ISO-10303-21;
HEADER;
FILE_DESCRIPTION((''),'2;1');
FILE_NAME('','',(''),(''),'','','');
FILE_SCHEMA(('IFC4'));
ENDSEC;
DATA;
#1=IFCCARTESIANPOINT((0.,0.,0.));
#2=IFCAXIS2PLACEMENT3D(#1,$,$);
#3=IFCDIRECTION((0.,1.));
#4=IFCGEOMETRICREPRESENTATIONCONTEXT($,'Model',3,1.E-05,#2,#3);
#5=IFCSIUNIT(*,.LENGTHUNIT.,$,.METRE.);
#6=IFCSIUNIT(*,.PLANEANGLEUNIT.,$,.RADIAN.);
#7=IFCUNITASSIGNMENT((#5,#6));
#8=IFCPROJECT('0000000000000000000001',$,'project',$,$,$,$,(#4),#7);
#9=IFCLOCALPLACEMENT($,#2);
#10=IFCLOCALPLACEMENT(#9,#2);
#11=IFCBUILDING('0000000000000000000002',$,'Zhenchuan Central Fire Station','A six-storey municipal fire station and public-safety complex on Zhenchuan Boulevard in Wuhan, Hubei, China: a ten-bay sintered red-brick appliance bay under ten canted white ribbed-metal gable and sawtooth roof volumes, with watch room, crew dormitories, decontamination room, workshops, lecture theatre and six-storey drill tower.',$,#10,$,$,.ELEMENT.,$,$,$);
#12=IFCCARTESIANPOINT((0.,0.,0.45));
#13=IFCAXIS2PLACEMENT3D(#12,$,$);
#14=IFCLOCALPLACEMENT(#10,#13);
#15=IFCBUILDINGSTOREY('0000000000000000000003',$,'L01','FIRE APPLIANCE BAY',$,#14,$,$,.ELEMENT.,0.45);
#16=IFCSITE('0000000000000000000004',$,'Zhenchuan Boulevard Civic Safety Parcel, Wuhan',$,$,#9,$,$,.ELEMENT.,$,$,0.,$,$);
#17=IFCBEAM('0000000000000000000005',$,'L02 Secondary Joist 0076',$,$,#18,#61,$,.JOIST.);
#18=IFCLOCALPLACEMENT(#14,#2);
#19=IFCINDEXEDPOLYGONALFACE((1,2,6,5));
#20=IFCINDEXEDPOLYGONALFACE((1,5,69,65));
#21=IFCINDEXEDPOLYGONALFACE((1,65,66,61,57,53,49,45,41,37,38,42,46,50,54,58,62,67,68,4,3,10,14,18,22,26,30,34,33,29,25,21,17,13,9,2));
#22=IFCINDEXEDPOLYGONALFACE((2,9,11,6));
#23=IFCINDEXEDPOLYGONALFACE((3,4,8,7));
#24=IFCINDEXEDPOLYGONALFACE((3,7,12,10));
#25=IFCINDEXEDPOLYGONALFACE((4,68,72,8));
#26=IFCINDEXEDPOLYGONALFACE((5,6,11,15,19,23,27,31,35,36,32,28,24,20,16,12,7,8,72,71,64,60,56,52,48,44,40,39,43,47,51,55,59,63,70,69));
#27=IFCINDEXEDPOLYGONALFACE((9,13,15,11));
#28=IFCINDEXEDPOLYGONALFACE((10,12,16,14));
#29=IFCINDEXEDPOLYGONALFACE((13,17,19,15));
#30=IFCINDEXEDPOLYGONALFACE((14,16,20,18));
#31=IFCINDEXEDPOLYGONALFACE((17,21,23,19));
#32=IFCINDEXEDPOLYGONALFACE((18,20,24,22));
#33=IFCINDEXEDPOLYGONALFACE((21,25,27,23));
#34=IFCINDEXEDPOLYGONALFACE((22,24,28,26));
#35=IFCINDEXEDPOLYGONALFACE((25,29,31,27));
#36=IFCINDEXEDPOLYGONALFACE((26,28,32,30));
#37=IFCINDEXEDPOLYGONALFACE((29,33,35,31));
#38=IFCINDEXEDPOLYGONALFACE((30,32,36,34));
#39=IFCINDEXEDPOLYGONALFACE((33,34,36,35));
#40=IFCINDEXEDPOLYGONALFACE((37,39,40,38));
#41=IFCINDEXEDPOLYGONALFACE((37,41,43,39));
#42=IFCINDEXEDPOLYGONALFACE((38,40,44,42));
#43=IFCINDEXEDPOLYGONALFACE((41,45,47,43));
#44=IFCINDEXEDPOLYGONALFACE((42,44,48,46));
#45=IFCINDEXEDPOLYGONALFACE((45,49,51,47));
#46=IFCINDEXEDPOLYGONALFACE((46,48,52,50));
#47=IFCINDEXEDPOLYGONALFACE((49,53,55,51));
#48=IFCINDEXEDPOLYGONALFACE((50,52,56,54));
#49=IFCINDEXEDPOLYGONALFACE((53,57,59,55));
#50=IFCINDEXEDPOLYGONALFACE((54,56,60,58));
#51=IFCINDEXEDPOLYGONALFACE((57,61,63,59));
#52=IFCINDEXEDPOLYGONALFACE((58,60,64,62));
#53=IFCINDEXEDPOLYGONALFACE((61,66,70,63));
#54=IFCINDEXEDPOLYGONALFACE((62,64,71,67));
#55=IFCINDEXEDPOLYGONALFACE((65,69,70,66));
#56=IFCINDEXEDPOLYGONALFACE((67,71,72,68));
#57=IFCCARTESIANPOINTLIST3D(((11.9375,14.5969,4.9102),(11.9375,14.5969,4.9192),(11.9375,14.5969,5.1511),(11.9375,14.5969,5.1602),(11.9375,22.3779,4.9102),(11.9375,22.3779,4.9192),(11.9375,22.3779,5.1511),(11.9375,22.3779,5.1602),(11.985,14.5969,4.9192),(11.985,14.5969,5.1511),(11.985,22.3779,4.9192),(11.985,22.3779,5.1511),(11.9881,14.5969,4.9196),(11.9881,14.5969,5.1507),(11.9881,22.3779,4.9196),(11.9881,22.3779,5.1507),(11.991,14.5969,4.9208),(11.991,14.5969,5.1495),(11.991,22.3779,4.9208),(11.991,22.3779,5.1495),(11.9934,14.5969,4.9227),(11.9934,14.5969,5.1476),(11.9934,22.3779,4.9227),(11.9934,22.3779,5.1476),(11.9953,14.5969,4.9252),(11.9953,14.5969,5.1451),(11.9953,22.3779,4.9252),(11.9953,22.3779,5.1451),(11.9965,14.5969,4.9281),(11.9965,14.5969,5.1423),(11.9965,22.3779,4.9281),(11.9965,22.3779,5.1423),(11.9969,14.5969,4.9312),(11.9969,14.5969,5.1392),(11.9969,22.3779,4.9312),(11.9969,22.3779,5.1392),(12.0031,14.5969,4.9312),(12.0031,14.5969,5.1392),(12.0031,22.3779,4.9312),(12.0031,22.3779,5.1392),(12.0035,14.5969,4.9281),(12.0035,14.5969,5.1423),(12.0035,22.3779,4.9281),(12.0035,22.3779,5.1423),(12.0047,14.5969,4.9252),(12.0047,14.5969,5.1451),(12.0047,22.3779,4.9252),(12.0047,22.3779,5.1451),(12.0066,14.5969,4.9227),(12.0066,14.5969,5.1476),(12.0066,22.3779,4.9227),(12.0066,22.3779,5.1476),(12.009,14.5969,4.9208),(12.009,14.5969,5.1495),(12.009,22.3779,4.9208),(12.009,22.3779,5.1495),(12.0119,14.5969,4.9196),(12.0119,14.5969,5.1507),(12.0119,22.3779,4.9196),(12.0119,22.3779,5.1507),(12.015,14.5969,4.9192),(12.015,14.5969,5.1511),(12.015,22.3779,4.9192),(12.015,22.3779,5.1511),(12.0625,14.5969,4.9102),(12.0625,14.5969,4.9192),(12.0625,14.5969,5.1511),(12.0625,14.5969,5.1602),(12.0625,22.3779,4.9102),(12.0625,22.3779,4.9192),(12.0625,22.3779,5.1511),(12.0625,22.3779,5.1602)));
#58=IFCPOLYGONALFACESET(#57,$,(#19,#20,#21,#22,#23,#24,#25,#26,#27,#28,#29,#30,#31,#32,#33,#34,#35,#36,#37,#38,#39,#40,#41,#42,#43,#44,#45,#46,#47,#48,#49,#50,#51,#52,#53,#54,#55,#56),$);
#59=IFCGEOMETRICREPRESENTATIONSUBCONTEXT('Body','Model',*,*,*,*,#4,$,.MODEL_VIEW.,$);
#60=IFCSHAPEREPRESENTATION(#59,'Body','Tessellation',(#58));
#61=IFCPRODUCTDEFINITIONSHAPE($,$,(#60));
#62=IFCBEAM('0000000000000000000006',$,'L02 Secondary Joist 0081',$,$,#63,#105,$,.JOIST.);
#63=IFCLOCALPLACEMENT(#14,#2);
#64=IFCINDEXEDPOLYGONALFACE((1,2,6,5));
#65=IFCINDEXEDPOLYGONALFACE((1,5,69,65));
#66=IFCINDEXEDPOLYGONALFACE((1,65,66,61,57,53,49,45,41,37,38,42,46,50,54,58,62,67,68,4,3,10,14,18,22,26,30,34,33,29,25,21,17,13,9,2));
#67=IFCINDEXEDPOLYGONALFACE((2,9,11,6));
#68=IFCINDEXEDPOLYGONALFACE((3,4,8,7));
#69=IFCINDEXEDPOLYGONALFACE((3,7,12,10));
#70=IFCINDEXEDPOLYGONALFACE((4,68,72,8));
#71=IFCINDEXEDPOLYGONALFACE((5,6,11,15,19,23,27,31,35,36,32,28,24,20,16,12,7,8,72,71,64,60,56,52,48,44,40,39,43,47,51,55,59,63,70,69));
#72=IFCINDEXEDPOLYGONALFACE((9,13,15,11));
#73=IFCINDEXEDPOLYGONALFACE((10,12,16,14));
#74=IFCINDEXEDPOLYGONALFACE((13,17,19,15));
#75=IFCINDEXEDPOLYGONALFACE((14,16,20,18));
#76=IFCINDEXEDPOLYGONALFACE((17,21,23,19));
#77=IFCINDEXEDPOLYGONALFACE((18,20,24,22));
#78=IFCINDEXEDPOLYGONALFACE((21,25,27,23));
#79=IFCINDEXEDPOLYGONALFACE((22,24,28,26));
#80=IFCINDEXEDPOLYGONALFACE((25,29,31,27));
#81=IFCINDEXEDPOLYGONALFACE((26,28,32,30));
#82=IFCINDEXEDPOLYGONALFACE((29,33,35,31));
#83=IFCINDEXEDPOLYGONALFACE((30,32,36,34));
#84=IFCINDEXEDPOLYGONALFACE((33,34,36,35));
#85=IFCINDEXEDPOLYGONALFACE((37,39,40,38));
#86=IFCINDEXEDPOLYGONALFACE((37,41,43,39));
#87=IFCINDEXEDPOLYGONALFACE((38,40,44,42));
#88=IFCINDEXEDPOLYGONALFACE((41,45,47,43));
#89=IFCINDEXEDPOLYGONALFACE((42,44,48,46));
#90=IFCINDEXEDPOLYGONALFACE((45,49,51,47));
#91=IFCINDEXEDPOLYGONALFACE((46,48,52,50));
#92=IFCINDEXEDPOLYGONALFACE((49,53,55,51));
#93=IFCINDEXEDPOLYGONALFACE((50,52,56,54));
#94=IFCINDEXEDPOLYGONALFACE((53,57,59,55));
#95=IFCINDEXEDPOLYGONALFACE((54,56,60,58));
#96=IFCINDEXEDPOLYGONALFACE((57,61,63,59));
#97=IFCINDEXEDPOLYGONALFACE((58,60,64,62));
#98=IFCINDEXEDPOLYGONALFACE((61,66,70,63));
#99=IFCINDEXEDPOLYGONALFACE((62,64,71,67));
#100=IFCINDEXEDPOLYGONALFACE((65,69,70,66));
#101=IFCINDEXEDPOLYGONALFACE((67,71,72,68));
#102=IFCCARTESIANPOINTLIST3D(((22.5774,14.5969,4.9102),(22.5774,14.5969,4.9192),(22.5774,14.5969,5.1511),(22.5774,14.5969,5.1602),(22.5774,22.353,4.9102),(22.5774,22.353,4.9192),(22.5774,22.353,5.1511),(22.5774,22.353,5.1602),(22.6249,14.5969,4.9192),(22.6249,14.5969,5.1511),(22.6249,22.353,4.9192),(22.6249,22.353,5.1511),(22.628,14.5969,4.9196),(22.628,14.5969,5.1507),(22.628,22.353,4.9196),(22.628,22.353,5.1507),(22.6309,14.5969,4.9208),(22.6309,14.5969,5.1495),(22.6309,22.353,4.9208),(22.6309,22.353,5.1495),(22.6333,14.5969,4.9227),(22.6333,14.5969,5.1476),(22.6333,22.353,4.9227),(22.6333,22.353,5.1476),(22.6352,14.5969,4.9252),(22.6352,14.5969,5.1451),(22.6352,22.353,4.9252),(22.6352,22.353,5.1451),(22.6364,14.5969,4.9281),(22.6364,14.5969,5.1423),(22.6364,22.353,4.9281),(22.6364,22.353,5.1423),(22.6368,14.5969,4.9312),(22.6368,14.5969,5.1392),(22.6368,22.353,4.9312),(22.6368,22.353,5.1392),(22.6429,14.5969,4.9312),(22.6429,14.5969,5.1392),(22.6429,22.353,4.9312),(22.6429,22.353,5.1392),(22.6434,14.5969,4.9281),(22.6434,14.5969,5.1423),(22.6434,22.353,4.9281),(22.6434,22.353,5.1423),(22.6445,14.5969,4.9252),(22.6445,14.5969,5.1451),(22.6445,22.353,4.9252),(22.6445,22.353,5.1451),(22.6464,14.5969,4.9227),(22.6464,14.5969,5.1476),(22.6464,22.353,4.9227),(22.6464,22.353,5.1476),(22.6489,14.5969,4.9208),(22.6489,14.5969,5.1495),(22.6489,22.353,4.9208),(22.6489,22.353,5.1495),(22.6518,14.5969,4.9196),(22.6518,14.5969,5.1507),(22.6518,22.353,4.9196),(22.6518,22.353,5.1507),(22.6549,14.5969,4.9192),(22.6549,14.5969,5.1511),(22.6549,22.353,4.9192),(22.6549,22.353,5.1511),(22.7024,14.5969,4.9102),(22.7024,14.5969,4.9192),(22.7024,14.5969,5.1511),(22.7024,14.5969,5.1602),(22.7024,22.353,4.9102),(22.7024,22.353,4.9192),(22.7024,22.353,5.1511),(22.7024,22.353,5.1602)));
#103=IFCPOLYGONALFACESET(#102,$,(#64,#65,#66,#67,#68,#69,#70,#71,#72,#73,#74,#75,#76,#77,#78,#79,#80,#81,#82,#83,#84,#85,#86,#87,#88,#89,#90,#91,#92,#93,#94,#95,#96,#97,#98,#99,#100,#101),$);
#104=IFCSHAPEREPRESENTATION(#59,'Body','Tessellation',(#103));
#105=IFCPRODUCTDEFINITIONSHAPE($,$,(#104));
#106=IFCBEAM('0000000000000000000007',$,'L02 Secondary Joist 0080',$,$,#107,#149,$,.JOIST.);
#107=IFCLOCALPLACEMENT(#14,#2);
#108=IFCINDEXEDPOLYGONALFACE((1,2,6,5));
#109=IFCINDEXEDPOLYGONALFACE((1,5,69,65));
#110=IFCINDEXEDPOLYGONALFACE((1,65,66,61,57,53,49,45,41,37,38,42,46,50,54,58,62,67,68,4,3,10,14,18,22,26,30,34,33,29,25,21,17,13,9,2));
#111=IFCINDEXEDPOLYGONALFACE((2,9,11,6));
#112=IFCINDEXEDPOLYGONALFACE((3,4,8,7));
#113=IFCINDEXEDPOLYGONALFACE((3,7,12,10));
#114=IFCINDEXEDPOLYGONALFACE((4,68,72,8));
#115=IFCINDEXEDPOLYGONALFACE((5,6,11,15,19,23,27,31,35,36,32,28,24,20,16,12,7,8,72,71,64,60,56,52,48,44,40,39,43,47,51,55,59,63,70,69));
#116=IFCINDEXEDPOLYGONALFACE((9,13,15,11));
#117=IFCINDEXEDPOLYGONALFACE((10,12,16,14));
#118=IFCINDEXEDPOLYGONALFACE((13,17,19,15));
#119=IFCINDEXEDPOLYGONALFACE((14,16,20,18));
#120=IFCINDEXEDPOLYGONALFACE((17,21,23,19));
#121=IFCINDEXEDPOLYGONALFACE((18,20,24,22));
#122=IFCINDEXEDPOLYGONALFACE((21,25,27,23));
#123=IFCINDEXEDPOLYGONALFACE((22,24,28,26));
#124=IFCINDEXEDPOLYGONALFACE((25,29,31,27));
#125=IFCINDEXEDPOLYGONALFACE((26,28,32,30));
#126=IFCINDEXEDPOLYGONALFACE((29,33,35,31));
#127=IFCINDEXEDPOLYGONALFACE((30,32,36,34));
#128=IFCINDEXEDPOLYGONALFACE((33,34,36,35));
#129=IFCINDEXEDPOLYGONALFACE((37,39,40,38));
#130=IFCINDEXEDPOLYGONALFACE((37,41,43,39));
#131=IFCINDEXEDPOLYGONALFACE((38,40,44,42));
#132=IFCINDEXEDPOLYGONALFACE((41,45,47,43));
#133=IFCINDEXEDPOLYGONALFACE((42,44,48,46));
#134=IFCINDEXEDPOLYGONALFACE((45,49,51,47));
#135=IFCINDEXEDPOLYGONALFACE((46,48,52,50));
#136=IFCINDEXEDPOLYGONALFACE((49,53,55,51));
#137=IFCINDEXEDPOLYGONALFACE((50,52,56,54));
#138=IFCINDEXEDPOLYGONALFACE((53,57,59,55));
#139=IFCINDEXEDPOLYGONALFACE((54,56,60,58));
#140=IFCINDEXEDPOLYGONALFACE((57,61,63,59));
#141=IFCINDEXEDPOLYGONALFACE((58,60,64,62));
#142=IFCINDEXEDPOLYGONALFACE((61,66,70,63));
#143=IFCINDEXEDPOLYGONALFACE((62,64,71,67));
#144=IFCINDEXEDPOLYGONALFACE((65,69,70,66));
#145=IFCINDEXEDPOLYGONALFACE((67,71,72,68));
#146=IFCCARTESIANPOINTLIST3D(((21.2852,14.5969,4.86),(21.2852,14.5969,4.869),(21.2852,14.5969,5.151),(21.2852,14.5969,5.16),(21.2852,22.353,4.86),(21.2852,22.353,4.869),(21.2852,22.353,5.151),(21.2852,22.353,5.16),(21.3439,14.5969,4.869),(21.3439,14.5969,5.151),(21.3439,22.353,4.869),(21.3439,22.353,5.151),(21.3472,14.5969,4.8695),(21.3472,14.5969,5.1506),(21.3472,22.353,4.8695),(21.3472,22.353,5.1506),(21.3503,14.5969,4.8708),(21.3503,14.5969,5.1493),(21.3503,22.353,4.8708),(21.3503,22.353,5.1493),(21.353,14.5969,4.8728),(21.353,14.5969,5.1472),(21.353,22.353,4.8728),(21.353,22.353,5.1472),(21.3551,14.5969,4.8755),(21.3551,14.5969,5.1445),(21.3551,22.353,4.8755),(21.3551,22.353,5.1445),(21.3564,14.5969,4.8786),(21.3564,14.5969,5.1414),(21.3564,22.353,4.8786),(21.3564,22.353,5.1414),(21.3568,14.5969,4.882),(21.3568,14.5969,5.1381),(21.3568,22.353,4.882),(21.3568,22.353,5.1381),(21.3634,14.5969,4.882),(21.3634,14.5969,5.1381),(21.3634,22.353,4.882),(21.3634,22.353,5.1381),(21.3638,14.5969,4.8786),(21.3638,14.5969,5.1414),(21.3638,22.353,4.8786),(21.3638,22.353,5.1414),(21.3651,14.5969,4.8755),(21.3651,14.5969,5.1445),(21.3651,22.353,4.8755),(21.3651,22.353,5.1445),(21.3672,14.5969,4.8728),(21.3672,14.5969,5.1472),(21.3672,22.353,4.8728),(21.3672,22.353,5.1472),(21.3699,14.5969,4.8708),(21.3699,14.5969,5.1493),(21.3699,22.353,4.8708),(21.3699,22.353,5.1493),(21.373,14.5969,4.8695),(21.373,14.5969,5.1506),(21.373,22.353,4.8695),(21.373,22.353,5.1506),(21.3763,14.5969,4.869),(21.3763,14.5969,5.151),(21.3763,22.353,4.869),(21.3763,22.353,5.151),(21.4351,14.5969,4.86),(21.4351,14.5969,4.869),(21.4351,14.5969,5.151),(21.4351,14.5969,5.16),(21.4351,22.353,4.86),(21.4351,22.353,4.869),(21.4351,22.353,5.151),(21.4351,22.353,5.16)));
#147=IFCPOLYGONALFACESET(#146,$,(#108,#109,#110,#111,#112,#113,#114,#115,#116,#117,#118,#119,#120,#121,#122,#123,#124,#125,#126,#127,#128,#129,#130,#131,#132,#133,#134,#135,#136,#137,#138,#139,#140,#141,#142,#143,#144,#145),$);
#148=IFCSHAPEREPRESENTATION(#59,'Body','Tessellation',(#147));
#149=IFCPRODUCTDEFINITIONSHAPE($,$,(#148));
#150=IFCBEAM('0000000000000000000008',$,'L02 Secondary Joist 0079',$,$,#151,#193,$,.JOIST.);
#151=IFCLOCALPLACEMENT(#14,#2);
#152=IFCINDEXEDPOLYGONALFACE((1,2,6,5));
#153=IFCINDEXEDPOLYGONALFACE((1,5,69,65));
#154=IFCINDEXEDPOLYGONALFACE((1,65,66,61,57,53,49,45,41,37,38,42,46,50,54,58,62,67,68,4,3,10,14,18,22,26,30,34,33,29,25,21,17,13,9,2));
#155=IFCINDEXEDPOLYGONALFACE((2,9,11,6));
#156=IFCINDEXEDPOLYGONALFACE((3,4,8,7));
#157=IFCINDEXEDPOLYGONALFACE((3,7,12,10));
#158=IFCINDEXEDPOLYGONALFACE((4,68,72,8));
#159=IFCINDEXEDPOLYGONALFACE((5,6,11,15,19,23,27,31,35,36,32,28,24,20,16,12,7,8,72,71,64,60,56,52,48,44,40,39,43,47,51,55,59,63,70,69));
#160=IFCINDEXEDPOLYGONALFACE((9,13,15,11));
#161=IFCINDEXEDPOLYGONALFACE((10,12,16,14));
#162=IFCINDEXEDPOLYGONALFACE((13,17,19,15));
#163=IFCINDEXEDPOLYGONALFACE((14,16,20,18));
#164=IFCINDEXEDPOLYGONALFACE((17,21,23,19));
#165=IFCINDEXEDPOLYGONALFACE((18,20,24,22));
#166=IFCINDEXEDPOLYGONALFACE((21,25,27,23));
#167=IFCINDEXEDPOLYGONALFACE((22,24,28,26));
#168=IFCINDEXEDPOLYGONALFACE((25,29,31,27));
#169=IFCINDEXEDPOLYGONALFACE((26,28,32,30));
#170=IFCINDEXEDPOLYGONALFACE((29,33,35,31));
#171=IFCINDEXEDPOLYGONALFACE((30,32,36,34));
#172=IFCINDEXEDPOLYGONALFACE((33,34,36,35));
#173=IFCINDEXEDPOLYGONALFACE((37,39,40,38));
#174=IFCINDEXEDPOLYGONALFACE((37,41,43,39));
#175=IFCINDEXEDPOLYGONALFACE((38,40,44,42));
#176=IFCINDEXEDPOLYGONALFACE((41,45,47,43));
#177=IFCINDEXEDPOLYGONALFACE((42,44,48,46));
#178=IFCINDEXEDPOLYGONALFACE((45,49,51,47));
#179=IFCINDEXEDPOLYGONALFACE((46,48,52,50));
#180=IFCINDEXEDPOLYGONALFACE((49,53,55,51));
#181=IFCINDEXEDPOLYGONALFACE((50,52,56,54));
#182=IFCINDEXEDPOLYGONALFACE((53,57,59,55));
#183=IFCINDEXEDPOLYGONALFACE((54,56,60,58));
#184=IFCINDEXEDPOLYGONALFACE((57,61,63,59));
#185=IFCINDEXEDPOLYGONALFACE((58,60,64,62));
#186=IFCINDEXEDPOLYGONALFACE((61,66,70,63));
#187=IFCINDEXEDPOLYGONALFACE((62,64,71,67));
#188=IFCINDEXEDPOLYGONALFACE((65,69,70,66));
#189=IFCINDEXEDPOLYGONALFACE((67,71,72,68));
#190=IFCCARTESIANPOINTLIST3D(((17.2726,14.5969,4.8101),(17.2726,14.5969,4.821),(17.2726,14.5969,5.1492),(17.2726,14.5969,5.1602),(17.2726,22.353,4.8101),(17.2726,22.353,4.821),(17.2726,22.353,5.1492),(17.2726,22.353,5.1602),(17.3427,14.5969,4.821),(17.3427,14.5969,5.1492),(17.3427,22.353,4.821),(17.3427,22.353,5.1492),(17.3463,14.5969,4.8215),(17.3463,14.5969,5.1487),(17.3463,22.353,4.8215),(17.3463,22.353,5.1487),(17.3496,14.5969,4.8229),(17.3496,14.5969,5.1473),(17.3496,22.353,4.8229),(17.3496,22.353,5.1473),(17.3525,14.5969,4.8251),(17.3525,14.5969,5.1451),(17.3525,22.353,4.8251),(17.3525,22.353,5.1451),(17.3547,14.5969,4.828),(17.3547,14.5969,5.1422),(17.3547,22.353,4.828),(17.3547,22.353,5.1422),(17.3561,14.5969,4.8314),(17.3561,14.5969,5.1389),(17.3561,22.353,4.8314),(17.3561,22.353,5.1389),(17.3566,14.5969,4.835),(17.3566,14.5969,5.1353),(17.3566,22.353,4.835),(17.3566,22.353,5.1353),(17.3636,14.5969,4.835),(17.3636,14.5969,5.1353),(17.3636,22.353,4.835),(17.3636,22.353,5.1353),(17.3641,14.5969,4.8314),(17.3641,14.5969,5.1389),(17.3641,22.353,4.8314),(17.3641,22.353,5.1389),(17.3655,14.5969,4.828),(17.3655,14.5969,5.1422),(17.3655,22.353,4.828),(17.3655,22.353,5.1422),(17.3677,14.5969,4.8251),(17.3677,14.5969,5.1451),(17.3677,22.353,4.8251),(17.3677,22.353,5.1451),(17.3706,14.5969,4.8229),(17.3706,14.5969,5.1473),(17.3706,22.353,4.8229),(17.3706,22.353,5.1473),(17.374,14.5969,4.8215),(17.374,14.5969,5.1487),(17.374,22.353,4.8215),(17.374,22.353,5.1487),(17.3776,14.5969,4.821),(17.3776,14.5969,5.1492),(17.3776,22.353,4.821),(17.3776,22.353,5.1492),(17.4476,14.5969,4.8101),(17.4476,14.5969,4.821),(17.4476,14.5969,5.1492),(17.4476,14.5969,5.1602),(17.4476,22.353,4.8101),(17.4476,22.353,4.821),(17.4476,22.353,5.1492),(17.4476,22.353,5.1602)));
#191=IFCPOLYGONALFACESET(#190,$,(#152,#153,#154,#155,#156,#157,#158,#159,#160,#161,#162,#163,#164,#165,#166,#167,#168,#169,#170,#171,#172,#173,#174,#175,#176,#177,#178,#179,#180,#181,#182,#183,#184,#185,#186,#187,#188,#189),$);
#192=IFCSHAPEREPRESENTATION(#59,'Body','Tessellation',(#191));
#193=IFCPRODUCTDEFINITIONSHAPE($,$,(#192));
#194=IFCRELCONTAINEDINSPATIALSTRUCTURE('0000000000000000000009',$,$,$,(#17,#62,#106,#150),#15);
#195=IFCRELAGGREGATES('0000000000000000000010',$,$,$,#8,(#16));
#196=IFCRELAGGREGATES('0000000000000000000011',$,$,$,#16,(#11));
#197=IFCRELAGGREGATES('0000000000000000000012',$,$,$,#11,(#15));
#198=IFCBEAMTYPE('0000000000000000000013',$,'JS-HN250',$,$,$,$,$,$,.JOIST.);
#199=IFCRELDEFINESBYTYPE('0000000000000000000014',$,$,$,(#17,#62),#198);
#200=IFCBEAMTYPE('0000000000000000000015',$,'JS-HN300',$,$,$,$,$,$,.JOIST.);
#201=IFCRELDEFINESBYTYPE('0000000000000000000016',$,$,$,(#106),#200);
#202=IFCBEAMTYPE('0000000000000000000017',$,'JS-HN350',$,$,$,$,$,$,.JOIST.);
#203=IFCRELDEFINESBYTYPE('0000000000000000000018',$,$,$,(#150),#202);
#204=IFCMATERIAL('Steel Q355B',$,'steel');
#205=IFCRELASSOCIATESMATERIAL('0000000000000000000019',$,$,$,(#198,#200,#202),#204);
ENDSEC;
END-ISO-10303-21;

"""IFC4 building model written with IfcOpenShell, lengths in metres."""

from ifc_helpers import new_model, si_unit, direction, frame, origin, origin_2d, place, context, subcontext, project, spatial, i_section, extrude, material, material_profile, profile_set, type_object, element, save


model = new_model("IFC4")

# Units and contexts
model_context = context("Model", 3, precision=1e-05, world=origin(), true_north=direction((0.0, 1.0)))
body_context = subcontext(model_context, "Body", "Model", "MODEL_VIEW")
ifc_project = project(units=[si_unit("LENGTHUNIT", "METRE"), si_unit("PLANEANGLEUNIT", "RADIAN")], contexts=[model_context])

# Site, building, storey
site_placement = place(None, origin())
site = spatial("IfcSite", under=ifc_project, at=site_placement, Name="Zhenchuan Boulevard Civic Safety Parcel, Wuhan", CompositionType="ELEMENT", RefElevation=0.0)
building_placement = place(site_placement, origin())
building = spatial("IfcBuilding", under=site, at=building_placement, Name="Zhenchuan Central Fire Station", Description="A six-storey municipal fire station and public-safety complex on Zhenchuan Boulevard in Wuhan, Hubei, China: a ten-bay sintered red-brick appliance bay under ten canted white ribbed-metal gable and sawtooth roof volumes, with watch room, crew dormitories, decontamination room, workshops, lecture theatre and six-storey drill tower.", CompositionType="ELEMENT")
storey_placement = place(building_placement, frame((0.0, 0.0, 0.45)))
storey = spatial("IfcBuildingStorey", under=building, at=storey_placement, Name="L01", Description="FIRE APPLIANCE BAY", CompositionType="ELEMENT", Elevation=0.45)

# Beams
ifc_material_1 = material(Name="Steel Q355B", Category="steel")
ifc_material_profile_1 = material_profile(ifc_material_1, i_section(OverallWidth=0.125, OverallDepth=0.25, WebThickness=0.0061, FlangeThickness=0.009, FilletRadius=0.012, at=origin_2d()), Name="HN 250x125")
ifc_profile_set_1 = profile_set([ifc_material_profile_1], Name="Steel Q355B")
beam_type_1 = type_object("IfcBeamType", Name="JS-HN250", PredefinedType="JOIST", material=ifc_profile_set_1)
beam_1_placement = place(storey_placement, frame((12.0, 14.5969, 5.0352), z_axis=(0.0, 1.0, 0.0), x_axis=(-1.0, 0.0, 0.0)))
element("IfcBeam", 1, at=beam_1_placement, inside=storey, type_object=beam_type_1, Name="L02 Secondary Joist 0076", PredefinedType="JOIST", context=body_context, shape_type="SweptSolid", body=[
    extrude(i_section(OverallWidth=0.125, OverallDepth=0.25, WebThickness=0.0061, FlangeThickness=0.009, FilletRadius=0.012, at=origin_2d()), origin(), (0.0, 0.0, 1.0), 7.781),
])
beam_2_placement = place(storey_placement, frame((22.6399, 14.5969, 5.0352), z_axis=(0.0, 1.0, 0.0), x_axis=(-1.0, 0.0, 0.0)))
element("IfcBeam", 2, at=beam_2_placement, inside=storey, type_object=beam_type_1, Name="L02 Secondary Joist 0081", PredefinedType="JOIST", context=body_context, shape_type="SweptSolid", body=[
    extrude(i_section(OverallWidth=0.125, OverallDepth=0.25, WebThickness=0.0061, FlangeThickness=0.009, FilletRadius=0.012, at=origin_2d()), origin(), (0.0, 0.0, 1.0), 7.7561),
])
ifc_material_profile_2 = material_profile(ifc_material_1, i_section(OverallWidth=0.1499, OverallDepth=0.3, WebThickness=0.0066, FlangeThickness=0.009, FilletRadius=0.0129, at=origin_2d()), Name="HN 300x150")
ifc_profile_set_2 = profile_set([ifc_material_profile_2], Name="Steel Q355B")
beam_type_2 = type_object("IfcBeamType", Name="JS-HN300", PredefinedType="JOIST", material=ifc_profile_set_2)
beam_3_placement = place(storey_placement, frame((21.3601, 14.5969, 5.01), z_axis=(0.0, 1.0, 0.0), x_axis=(-1.0, 0.0, 0.0)))
element("IfcBeam", 3, at=beam_3_placement, inside=storey, type_object=beam_type_2, Name="L02 Secondary Joist 0080", PredefinedType="JOIST", context=body_context, shape_type="SweptSolid", body=[
    extrude(i_section(OverallWidth=0.1499, OverallDepth=0.3, WebThickness=0.0066, FlangeThickness=0.009, FilletRadius=0.0129, at=origin_2d()), origin(), (0.0, 0.0, 1.0), 7.7561),
])
ifc_material_profile_3 = material_profile(ifc_material_1, i_section(OverallWidth=0.175, OverallDepth=0.3501, WebThickness=0.0071, FlangeThickness=0.011, FilletRadius=0.0139, at=origin_2d()), Name="HN 350x175")
ifc_profile_set_3 = profile_set([ifc_material_profile_3], Name="Steel Q355B")
beam_type_3 = type_object("IfcBeamType", Name="JS-HN350", PredefinedType="JOIST", material=ifc_profile_set_3)
beam_4_placement = place(storey_placement, frame((17.3601, 14.5969, 4.9851), z_axis=(0.0, 1.0, 0.0), x_axis=(-1.0, 0.0, 0.0)))
element("IfcBeam", 4, at=beam_4_placement, inside=storey, type_object=beam_type_3, Name="L02 Secondary Joist 0079", PredefinedType="JOIST", context=body_context, shape_type="SweptSolid", body=[
    extrude(i_section(OverallWidth=0.175, OverallDepth=0.3501, WebThickness=0.0071, FlangeThickness=0.011, FilletRadius=0.0139, at=origin_2d()), origin(), (0.0, 0.0, 1.0), 7.7561),
])

save(model, "model.ifc")
